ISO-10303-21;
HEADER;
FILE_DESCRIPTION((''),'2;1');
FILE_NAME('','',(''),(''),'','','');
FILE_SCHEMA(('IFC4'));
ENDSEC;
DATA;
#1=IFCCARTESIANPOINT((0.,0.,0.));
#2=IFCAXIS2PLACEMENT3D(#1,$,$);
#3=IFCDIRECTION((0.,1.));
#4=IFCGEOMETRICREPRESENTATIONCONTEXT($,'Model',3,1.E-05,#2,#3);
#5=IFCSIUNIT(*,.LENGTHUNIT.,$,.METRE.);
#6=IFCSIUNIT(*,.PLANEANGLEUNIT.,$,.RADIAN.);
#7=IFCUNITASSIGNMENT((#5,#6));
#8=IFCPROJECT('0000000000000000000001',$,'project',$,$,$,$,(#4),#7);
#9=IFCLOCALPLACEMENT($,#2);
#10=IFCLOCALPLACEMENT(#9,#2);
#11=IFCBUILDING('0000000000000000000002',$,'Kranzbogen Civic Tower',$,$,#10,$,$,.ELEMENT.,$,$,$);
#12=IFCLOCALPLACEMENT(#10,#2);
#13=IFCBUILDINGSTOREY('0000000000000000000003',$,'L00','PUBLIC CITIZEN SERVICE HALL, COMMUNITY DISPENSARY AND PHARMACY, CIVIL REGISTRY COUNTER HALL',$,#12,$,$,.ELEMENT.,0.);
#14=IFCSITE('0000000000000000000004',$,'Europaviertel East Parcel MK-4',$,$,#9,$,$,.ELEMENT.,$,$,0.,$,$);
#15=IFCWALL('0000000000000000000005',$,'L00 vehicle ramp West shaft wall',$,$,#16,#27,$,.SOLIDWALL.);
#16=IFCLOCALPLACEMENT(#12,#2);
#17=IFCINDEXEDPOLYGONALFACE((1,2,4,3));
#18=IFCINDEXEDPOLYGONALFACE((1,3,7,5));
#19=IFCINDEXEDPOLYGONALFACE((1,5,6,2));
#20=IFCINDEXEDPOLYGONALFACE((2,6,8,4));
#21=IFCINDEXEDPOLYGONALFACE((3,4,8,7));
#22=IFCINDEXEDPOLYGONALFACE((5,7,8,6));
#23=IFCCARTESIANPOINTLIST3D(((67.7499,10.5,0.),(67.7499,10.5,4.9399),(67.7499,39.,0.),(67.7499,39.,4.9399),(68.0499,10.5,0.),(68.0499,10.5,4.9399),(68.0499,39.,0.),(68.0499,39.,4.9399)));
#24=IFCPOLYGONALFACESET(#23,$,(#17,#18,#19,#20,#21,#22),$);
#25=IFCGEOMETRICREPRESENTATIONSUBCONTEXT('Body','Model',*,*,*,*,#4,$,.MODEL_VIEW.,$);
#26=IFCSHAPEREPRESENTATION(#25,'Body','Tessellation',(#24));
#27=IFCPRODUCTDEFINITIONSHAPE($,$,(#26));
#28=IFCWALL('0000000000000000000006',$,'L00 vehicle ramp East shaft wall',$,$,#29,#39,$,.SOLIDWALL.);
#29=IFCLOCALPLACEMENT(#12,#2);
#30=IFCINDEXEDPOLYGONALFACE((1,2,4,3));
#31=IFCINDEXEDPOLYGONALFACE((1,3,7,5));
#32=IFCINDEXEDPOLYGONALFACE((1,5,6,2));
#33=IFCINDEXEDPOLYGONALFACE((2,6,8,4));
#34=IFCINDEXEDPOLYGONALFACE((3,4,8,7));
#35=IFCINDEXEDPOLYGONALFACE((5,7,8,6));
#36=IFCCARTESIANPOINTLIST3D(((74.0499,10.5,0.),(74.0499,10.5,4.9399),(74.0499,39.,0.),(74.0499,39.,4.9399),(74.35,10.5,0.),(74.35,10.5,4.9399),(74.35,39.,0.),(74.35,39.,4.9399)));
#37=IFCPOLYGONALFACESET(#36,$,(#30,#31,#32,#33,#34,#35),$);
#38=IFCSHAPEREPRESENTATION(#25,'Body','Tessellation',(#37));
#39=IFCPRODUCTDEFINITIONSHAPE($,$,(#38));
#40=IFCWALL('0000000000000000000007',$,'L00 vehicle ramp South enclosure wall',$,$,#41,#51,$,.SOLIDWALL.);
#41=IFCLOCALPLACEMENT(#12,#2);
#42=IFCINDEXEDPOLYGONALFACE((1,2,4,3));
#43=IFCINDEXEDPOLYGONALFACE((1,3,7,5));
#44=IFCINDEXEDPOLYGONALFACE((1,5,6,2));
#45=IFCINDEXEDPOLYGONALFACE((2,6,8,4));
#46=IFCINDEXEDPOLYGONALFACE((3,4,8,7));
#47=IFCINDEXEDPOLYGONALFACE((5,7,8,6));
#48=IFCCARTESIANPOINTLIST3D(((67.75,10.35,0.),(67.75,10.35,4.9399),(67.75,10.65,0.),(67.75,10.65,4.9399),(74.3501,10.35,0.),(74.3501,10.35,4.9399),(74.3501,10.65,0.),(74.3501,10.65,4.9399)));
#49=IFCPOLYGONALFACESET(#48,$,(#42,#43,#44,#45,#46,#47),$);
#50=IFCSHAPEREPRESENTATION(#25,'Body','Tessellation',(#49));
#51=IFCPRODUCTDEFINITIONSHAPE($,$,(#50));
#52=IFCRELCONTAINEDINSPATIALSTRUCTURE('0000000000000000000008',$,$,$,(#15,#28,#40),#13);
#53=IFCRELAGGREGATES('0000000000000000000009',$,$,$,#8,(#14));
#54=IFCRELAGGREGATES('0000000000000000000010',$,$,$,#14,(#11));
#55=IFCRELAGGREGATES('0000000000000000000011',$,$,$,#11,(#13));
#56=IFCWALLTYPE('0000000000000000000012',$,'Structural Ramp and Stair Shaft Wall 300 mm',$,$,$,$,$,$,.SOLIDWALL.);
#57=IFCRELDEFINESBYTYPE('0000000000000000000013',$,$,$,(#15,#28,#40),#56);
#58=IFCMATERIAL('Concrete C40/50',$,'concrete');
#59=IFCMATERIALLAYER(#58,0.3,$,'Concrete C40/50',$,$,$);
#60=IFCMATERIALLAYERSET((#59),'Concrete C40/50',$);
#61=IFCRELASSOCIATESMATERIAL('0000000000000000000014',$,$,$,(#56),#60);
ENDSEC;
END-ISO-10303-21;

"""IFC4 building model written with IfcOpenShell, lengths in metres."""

from ifc_helpers import new_model, si_unit, direction, frame, frame_2d, origin, place, context, subcontext, project, spatial, rectangle, extrude, material, layer, layer_set, type_object, element, save


model = new_model("IFC4")

# Units and contexts
model_context = context("Model", 3, precision=1e-05, world=origin(), true_north=direction((0.0, 1.0)))
body_context = subcontext(model_context, "Body", "Model", "MODEL_VIEW")
ifc_project = project(units=[si_unit("LENGTHUNIT", "METRE"), si_unit("PLANEANGLEUNIT", "RADIAN")], contexts=[model_context])

# Site, building, storey
site_placement = place(None, origin())
site = spatial("IfcSite", under=ifc_project, at=site_placement, Name="Europaviertel East Parcel MK-4", CompositionType="ELEMENT", RefElevation=0.0)
building_placement = place(site_placement, origin())
building = spatial("IfcBuilding", under=site, at=building_placement, Name="Kranzbogen Civic Tower", CompositionType="ELEMENT")
storey_placement = place(building_placement, origin())
storey = spatial("IfcBuildingStorey", under=building, at=storey_placement, Name="L00", Description="PUBLIC CITIZEN SERVICE HALL, COMMUNITY DISPENSARY AND PHARMACY, CIVIL REGISTRY COUNTER HALL", CompositionType="ELEMENT", Elevation=0.0)

# Shared definitions
ifc_material_1 = material(Name="Concrete C40/50", Category="concrete")

# Walls
ifc_layer_1 = layer(ifc_material_1, 0.3, Name="Concrete C40/50")
ifc_layer_set_1 = layer_set([ifc_layer_1], Name="Concrete C40/50")
wall_type_1 = type_object("IfcWallType", Name="Structural Ramp and Stair Shaft Wall 300 mm", PredefinedType="SOLIDWALL", material=ifc_layer_set_1)
for number, where, z_axis, x_axis, name in (
    (1, (67.8999, 10.5, 0.0), (0.0, 0.0, 1.0), (0.0, 1.0, 0.0), "L00 vehicle ramp West shaft wall"),
    (2, (74.2, 10.5, 0.0), (0.0, 0.0, 1.0), (0.0, 1.0, 0.0), "L00 vehicle ramp East shaft wall"),
):
    element("IfcWall", number, at=place(storey_placement, frame(where, z_axis=z_axis, x_axis=x_axis)), inside=storey, type_object=wall_type_1, Name=name, PredefinedType="SOLIDWALL", context=body_context, shape_type="SweptSolid", body=[
        extrude(rectangle(XDim=28.5, YDim=0.3, at=frame_2d((14.25, 0.0))), origin(), (0.0, 0.0, 1.0), 4.9399),
    ])
wall_1_placement = place(storey_placement, frame((67.75, 10.5, 0.0), z_axis=(0.0, 0.0, 1.0), x_axis=(1.0, 0.0, 0.0)))
element("IfcWall", 3, at=wall_1_placement, inside=storey, type_object=wall_type_1, Name="L00 vehicle ramp South enclosure wall", PredefinedType="SOLIDWALL", context=body_context, shape_type="SweptSolid", body=[
    extrude(rectangle(XDim=6.6001, YDim=0.3, at=frame_2d((3.3, 0.0))), origin(), (0.0, 0.0, 1.0), 4.9399),
])

save(model, "model.ifc")
